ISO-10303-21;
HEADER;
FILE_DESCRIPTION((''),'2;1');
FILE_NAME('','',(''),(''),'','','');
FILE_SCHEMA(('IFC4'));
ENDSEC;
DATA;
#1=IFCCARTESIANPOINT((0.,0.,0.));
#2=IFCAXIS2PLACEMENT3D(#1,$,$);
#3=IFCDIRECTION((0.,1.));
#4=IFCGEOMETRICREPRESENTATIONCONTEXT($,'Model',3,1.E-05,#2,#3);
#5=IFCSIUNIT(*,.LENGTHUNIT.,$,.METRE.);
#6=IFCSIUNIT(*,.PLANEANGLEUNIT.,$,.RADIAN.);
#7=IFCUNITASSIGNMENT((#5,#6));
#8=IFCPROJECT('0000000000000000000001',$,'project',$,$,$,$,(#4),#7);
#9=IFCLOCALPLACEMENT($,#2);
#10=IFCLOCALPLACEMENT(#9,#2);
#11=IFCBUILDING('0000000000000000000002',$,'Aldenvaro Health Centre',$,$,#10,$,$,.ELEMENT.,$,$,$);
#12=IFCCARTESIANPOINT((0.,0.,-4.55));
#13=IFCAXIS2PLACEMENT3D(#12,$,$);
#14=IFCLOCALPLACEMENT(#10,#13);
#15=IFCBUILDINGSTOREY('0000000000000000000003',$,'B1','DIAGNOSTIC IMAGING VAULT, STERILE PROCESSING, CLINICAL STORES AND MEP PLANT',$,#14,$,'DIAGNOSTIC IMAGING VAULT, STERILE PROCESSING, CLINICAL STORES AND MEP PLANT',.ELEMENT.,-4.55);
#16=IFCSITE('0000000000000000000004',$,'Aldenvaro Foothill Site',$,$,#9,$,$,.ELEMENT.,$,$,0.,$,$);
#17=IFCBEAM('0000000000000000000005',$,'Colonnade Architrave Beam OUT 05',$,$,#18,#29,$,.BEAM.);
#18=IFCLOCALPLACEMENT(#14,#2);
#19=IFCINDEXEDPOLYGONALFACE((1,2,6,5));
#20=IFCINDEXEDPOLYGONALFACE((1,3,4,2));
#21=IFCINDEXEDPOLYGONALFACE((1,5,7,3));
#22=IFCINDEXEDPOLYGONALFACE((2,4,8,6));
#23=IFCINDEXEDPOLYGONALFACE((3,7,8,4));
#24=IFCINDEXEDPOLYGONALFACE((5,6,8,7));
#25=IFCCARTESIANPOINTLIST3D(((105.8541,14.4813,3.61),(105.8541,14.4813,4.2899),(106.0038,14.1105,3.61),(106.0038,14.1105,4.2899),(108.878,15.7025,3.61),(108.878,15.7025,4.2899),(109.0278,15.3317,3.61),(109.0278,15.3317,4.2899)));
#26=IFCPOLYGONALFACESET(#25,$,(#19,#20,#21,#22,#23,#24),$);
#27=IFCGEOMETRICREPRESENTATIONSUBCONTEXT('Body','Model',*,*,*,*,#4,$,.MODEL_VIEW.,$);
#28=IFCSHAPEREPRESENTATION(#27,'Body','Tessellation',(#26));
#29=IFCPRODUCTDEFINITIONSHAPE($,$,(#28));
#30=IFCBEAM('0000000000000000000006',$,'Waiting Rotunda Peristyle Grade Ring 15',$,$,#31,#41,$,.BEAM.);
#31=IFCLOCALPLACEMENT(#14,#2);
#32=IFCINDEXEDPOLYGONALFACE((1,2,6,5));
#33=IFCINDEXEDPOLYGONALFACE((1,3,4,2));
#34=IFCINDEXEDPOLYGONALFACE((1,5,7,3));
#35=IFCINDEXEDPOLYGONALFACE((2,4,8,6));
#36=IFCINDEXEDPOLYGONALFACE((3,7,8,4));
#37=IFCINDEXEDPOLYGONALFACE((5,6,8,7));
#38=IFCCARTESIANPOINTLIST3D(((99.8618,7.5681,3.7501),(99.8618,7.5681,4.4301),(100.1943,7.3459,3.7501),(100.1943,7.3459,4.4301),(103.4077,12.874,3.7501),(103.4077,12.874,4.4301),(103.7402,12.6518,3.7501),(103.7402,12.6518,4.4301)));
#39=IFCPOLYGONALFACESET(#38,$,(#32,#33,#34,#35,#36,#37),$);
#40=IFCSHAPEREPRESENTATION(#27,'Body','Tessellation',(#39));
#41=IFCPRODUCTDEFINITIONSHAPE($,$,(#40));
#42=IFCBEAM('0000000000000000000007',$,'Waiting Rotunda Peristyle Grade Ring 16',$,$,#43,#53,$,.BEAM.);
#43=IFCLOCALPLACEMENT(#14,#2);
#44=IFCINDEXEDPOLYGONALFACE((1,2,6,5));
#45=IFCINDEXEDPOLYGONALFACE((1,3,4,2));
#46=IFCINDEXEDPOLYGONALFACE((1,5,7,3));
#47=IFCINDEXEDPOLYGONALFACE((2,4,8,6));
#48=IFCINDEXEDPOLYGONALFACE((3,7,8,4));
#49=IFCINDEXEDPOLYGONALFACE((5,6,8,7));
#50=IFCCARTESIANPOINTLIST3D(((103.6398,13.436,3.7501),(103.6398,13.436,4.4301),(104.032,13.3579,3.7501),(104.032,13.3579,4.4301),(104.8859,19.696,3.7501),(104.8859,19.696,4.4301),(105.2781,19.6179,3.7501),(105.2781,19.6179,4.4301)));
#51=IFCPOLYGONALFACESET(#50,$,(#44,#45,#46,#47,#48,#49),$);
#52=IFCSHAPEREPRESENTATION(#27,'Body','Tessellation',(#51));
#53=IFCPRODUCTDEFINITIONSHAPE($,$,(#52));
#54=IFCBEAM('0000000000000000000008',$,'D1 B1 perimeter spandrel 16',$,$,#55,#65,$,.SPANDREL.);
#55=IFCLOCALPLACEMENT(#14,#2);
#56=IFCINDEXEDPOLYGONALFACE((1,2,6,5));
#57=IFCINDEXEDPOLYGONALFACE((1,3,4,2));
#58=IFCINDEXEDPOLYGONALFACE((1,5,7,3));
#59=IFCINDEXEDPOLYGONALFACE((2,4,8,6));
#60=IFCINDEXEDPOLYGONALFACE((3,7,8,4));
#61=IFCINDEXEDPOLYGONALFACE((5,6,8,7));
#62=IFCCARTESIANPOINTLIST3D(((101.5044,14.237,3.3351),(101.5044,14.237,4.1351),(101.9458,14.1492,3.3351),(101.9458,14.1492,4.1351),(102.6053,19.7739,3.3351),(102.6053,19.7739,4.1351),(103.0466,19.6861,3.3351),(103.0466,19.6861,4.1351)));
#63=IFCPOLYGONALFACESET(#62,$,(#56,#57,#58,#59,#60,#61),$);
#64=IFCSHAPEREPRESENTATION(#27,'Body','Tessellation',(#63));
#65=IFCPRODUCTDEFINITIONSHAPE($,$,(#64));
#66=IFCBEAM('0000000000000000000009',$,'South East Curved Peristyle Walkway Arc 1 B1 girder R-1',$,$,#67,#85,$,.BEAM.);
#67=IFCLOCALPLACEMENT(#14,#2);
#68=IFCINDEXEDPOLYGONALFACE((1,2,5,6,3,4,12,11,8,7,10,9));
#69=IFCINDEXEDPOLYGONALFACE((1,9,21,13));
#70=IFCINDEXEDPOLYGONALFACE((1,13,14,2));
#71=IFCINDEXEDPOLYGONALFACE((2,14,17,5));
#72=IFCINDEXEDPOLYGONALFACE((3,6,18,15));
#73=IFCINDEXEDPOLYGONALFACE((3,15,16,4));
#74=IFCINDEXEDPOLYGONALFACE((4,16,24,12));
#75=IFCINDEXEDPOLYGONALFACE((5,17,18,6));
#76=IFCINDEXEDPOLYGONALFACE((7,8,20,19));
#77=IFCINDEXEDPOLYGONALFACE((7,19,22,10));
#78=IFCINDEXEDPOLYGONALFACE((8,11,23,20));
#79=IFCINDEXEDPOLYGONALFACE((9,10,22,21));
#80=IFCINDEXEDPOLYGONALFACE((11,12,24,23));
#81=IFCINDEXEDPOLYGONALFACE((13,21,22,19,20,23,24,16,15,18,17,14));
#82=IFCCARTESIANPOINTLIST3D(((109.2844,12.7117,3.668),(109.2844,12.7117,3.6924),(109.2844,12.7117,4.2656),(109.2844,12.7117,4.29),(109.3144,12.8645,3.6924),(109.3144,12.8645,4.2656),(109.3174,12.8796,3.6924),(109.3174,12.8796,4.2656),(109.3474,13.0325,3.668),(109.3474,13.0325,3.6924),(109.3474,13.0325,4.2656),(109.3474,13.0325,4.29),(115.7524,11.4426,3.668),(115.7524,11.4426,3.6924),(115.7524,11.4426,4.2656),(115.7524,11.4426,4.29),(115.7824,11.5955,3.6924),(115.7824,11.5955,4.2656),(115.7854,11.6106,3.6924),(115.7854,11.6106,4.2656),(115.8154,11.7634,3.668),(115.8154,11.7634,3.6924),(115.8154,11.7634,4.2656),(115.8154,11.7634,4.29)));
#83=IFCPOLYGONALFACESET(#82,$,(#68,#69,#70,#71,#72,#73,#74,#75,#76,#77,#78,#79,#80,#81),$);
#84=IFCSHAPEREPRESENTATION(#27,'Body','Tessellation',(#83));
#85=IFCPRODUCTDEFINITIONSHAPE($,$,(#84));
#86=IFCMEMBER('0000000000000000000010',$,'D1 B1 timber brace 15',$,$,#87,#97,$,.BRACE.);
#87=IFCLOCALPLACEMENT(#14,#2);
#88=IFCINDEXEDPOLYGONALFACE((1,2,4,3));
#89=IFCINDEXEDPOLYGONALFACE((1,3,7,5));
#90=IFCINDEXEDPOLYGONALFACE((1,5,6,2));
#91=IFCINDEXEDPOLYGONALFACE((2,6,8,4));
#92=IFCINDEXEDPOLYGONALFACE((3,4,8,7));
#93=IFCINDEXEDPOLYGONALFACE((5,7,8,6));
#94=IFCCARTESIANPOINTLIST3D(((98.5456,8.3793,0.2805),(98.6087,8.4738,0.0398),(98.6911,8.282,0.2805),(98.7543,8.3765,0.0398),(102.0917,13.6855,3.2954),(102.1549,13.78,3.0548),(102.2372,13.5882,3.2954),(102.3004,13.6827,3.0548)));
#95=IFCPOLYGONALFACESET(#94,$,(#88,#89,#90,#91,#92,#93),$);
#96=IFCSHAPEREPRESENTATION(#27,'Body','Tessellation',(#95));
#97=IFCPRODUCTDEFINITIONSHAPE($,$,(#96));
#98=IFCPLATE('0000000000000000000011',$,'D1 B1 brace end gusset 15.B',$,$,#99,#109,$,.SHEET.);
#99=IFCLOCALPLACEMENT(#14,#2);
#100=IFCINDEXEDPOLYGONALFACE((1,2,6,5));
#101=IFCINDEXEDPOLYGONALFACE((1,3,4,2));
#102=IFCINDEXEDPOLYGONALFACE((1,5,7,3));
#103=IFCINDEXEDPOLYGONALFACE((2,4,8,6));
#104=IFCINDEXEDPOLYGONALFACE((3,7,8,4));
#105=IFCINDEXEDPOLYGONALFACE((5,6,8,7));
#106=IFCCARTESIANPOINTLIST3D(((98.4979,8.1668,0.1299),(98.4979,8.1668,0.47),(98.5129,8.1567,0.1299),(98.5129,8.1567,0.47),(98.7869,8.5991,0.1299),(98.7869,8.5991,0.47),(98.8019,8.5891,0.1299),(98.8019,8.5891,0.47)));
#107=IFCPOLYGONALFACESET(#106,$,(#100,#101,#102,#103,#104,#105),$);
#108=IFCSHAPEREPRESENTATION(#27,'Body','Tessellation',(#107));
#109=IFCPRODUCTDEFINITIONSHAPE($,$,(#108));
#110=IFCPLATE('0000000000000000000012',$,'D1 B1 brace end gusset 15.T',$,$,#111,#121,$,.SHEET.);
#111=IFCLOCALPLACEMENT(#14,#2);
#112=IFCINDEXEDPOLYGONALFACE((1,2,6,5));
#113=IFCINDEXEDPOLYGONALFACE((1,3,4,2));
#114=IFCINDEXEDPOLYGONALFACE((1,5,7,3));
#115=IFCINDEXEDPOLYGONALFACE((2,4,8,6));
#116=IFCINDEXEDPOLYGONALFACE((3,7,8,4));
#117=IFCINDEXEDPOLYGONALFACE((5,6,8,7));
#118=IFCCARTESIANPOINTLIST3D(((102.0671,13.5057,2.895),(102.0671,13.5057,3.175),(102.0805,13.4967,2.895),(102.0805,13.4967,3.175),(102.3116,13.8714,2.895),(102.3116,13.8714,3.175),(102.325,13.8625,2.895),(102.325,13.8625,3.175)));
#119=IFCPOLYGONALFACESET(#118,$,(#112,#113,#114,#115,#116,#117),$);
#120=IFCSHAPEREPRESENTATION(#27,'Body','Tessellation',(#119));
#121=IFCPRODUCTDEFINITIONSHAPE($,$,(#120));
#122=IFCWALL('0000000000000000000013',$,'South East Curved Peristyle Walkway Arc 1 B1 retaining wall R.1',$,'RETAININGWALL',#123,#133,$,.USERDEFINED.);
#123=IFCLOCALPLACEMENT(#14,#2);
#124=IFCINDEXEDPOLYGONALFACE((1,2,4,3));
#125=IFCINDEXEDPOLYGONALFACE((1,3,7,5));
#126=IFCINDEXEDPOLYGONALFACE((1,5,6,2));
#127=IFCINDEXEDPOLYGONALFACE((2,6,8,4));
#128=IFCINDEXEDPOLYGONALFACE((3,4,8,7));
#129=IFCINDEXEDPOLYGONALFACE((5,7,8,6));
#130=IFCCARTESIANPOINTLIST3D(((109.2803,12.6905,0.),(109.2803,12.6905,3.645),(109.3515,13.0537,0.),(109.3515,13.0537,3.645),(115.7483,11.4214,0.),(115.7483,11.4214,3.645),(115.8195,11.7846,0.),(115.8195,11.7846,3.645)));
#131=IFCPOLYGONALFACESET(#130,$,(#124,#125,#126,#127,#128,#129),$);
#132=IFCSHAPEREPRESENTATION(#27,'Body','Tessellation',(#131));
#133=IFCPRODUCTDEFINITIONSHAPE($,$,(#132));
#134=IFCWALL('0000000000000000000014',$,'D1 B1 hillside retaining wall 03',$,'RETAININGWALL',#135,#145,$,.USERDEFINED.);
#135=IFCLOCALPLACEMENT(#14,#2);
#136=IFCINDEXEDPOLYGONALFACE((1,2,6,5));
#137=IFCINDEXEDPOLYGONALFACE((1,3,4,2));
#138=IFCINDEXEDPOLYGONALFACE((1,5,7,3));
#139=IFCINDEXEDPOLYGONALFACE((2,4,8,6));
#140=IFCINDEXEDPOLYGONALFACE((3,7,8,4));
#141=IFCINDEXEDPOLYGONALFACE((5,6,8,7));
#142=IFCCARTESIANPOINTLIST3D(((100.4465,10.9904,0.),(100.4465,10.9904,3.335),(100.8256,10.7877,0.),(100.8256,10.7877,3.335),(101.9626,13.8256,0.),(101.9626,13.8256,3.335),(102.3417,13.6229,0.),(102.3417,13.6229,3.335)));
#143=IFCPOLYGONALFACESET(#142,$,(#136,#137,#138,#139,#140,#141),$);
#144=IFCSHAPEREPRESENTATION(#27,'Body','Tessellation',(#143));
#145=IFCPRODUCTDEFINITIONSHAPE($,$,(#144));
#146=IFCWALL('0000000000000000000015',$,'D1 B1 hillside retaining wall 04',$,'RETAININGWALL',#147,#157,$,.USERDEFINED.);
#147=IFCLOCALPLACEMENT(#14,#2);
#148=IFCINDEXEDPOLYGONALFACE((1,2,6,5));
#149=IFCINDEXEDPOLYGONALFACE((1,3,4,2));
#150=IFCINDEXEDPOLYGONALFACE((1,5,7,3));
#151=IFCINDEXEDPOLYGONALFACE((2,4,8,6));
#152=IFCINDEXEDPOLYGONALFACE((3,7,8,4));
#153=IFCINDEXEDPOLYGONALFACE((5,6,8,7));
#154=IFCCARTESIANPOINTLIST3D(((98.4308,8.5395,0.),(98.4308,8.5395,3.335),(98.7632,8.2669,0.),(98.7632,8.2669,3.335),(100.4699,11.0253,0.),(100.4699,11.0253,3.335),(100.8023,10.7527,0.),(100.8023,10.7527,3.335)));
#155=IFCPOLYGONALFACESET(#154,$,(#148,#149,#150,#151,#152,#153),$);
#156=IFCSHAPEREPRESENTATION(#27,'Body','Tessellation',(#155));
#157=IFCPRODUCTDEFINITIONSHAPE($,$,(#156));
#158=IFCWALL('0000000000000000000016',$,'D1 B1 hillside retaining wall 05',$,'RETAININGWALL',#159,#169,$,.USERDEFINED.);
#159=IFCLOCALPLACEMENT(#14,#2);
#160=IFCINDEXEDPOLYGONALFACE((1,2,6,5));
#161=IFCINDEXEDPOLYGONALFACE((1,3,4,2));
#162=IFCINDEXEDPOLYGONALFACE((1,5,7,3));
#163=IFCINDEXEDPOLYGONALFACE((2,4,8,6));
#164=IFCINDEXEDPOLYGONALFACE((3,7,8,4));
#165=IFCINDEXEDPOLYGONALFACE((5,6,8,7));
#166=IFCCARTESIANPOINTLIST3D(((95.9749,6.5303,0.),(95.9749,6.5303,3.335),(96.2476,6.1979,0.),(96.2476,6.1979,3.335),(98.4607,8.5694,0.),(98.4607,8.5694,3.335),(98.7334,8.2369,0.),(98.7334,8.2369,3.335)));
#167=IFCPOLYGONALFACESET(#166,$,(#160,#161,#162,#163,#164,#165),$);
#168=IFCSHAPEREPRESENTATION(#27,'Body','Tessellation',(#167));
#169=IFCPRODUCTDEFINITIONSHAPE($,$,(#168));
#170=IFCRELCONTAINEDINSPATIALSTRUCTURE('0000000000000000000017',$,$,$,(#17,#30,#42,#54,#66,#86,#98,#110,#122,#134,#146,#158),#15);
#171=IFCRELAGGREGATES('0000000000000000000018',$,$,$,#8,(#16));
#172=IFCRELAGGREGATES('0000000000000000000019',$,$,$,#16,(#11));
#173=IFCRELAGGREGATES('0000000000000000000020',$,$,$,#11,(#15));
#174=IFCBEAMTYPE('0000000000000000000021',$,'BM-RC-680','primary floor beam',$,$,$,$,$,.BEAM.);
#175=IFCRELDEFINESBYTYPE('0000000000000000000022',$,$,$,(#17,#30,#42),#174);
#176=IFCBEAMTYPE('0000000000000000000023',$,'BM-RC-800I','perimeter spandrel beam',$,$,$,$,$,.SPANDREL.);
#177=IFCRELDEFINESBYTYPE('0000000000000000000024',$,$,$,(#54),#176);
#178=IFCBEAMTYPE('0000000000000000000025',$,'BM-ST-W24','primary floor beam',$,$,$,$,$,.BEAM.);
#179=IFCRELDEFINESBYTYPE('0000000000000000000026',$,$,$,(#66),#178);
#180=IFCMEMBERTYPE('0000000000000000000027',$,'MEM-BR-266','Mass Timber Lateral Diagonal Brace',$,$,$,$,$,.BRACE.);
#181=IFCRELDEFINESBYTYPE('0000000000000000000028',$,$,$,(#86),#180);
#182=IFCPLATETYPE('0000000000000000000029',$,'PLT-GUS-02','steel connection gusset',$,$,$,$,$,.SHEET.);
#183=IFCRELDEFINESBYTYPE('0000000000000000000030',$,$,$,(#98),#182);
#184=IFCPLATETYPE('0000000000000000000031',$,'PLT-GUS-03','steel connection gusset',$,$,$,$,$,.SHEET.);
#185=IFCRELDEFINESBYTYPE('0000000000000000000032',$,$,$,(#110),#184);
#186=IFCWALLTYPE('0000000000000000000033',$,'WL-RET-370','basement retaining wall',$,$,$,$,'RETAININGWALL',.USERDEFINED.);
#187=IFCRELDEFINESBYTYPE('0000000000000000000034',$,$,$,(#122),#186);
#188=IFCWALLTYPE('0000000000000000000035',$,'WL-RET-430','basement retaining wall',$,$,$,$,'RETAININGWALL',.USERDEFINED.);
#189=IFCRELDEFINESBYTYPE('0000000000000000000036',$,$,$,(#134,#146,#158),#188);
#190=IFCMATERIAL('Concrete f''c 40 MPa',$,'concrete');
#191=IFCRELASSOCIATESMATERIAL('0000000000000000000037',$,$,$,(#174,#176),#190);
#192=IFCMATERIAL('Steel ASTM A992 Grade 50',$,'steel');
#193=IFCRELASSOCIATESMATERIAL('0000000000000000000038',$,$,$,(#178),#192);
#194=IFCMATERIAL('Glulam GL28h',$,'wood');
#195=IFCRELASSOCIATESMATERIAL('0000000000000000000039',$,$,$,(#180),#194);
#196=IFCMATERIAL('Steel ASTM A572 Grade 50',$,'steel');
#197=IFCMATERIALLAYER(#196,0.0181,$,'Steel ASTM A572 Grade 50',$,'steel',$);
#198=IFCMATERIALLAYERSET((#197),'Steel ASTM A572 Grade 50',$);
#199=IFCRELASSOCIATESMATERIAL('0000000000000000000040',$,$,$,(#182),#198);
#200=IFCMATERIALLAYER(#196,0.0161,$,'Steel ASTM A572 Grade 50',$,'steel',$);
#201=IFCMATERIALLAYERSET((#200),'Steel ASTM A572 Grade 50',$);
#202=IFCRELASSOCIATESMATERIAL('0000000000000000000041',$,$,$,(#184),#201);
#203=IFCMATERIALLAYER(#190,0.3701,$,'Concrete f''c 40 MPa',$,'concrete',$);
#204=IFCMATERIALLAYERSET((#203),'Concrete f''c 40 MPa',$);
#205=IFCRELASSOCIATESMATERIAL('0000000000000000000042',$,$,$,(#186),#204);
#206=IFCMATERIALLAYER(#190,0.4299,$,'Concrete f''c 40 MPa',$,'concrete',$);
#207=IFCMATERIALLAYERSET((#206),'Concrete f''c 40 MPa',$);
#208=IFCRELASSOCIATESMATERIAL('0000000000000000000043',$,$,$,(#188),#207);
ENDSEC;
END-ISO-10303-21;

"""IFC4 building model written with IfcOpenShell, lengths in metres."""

from ifc_helpers import new_model, si_unit, direction, frame, frame_2d, origin, origin_2d, place, context, subcontext, project, spatial, rectangle, i_section, extrude, material, layer, layer_set, material_profile, profile_set, type_object, element, save


model = new_model("IFC4")

# Units and contexts
model_context = context("Model", 3, precision=1e-05, world=origin(), true_north=direction((0.0, 1.0)))
body_context = subcontext(model_context, "Body", "Model", "MODEL_VIEW")
ifc_project = project(units=[si_unit("LENGTHUNIT", "METRE"), si_unit("PLANEANGLEUNIT", "RADIAN")], contexts=[model_context])

# Site, building, storey
site_placement = place(None, origin())
site = spatial("IfcSite", under=ifc_project, at=site_placement, Name="Aldenvaro Foothill Site", CompositionType="ELEMENT", RefElevation=0.0)
building_placement = place(site_placement, origin())
building = spatial("IfcBuilding", under=site, at=building_placement, Name="Aldenvaro Health Centre", CompositionType="ELEMENT")
storey_placement = place(building_placement, frame((0.0, 0.0, -4.55)))
storey = spatial("IfcBuildingStorey", under=building, at=storey_placement, Name="B1", Description="DIAGNOSTIC IMAGING VAULT, STERILE PROCESSING, CLINICAL STORES AND MEP PLANT", LongName="DIAGNOSTIC IMAGING VAULT, STERILE PROCESSING, CLINICAL STORES AND MEP PLANT", CompositionType="ELEMENT", Elevation=-4.55)

# Shared definitions
ifc_material_1 = material(Name="Concrete f'c 40 MPa", Category="concrete")

# Beams
ifc_material_profile_1 = material_profile(ifc_material_1, rectangle(XDim=0.3999, YDim=0.6799, at=origin_2d()), Name="RC 400x680", Category="concrete")
ifc_profile_set_1 = profile_set([ifc_material_profile_1], Name="Concrete f'c 40 MPa")
beam_type_1 = type_object("IfcBeamType", Name="BM-RC-680", Description="primary floor beam", PredefinedType="BEAM", material=ifc_profile_set_1)
beam_1_placement = place(storey_placement, frame((105.929, 14.2959, 3.95), z_axis=(0.927243, 0.374461, 0.0), x_axis=(-0.374461, 0.927243, 0.0)))
element("IfcBeam", 1, at=beam_1_placement, inside=storey, type_object=beam_type_1, Name="Colonnade Architrave Beam OUT 05", PredefinedType="BEAM", context=body_context, shape_type="SweptSolid", body=[
    extrude(rectangle(XDim=0.3999, YDim=0.6799, at=origin_2d()), origin(), (0.0, 0.0, 1.0), 3.2612),
])
beam_2_placement = place(storey_placement, frame((100.0281, 7.457, 4.0901), z_axis=(0.555636, 0.831426, 0.0), x_axis=(-0.831426, 0.555636, 0.0)))
element("IfcBeam", 2, at=beam_2_placement, inside=storey, type_object=beam_type_1, Name="Waiting Rotunda Peristyle Grade Ring 15", PredefinedType="BEAM", context=body_context, shape_type="SweptSolid", body=[
    extrude(rectangle(XDim=0.3999, YDim=0.6799, at=origin_2d()), origin(), (0.0, 0.0, 1.0), 6.3816),
])
beam_3_placement = place(storey_placement, frame((103.8359, 13.397, 4.0901), z_axis=(0.195226, 0.980758, 0.0), x_axis=(-0.980758, 0.195226, 0.0)))
element("IfcBeam", 3, at=beam_3_placement, inside=storey, type_object=beam_type_1, Name="Waiting Rotunda Peristyle Grade Ring 16", PredefinedType="BEAM", context=body_context, shape_type="SweptSolid", body=[
    extrude(rectangle(XDim=0.3999, YDim=0.6799, at=origin_2d()), origin(), (0.0, 0.0, 1.0), 6.3828),
])
ifc_material_profile_2 = material_profile(ifc_material_1, rectangle(XDim=0.45, YDim=0.8, at=origin_2d()), Name="RC 450x800", Category="concrete")
ifc_profile_set_2 = profile_set([ifc_material_profile_2], Name="Concrete f'c 40 MPa")
beam_type_2 = type_object("IfcBeamType", Name="BM-RC-800I", Description="perimeter spandrel beam", PredefinedType="SPANDREL", material=ifc_profile_set_2)
beam_4_placement = place(storey_placement, frame((101.7251, 14.1931, 3.7351), z_axis=(0.195002, 0.980803, 0.0), x_axis=(-0.980803, 0.195002, 0.0)))
element("IfcBeam", 4, at=beam_4_placement, inside=storey, type_object=beam_type_2, Name="D1 B1 perimeter spandrel 16", PredefinedType="SPANDREL", context=body_context, shape_type="SweptSolid", body=[
    extrude(rectangle(XDim=0.45, YDim=0.8, at=origin_2d()), origin(), (0.0, 0.0, 1.0), 5.6453),
])
ifc_material_2 = material(Name="Steel ASTM A992 Grade 50", Category="steel")
ifc_material_profile_3 = material_profile(ifc_material_2, i_section(OverallWidth=0.3269, OverallDepth=0.6221, WebThickness=0.0154, FlangeThickness=0.0244, at=origin_2d()), Name="W24X131", Category="steel")
ifc_profile_set_3 = profile_set([ifc_material_profile_3], Name="Steel ASTM A992 Grade 50")
beam_type_3 = type_object("IfcBeamType", Name="BM-ST-W24", Description="primary floor beam", PredefinedType="BEAM", material=ifc_profile_set_3)
beam_5_placement = place(storey_placement, frame((109.3159, 12.8721, 3.979), z_axis=(0.981291, -0.192532, 0.0), x_axis=(0.192532, 0.981291, 0.0)))
element("IfcBeam", 5, at=beam_5_placement, inside=storey, type_object=beam_type_3, Name="South East Curved Peristyle Walkway Arc 1 B1 girder R-1", PredefinedType="BEAM", context=body_context, shape_type="SweptSolid", body=[
    extrude(i_section(OverallWidth=0.3269, OverallDepth=0.6221, WebThickness=0.0154, FlangeThickness=0.0244, at=origin_2d()), origin(), (0.0, 0.0, 1.0), 6.5913),
])

# Member
ifc_material_3 = material(Name="Glulam GL28h", Category="wood")
ifc_material_profile_4 = material_profile(ifc_material_3, rectangle(XDim=0.175, YDim=0.2661, at=origin_2d()), Name="GL 175x266", Category="wood")
ifc_profile_set_4 = profile_set([ifc_material_profile_4], Name="Glulam GL28h")
member_type = type_object("IfcMemberType", Name="MEM-BR-266", Description="Mass Timber Lateral Diagonal Brace", PredefinedType="BRACE", material=ifc_profile_set_4)
member_placement = place(storey_placement, frame((98.6499, 8.3779, 0.1602), z_axis=(0.502406, 0.751758, 0.42714), x_axis=(-0.83142, 0.555644, 0.0)))
element("IfcMember", 6, at=member_placement, inside=storey, type_object=member_type, Name="D1 B1 timber brace 15", PredefinedType="BRACE", context=body_context, shape_type="SweptSolid", body=[
    extrude(rectangle(XDim=0.175, YDim=0.2661, at=origin_2d()), origin(), (0.0, 0.0, 1.0), 7.0583),
])

# Plates
ifc_material_4 = material(Name="Steel ASTM A572 Grade 50", Category="steel")
ifc_layer_1 = layer(ifc_material_4, 0.0181, Name="Steel ASTM A572 Grade 50", Category="steel")
ifc_layer_set_1 = layer_set([ifc_layer_1], Name="Steel ASTM A572 Grade 50")
plate_type_1 = type_object("IfcPlateType", Name="PLT-GUS-02", Description="steel connection gusset", PredefinedType="SHEET", material=ifc_layer_set_1)
plate_1_placement = place(storey_placement, frame((98.6499, 8.3779, 0.1299), z_axis=(0.0, 0.0, 1.0), x_axis=(0.555643, 0.831421, 0.0)))
element("IfcPlate", 7, at=plate_1_placement, inside=storey, type_object=plate_type_1, Name="D1 B1 brace end gusset 15.B", PredefinedType="SHEET", context=body_context, shape_type="SweptSolid", body=[
    extrude(rectangle(XDim=0.52, YDim=0.0181, at=origin_2d()), origin(), (0.0, 0.0, 1.0), 0.3401),
])
ifc_layer_2 = layer(ifc_material_4, 0.0161, Name="Steel ASTM A572 Grade 50", Category="steel")
ifc_layer_set_2 = layer_set([ifc_layer_2], Name="Steel ASTM A572 Grade 50")
plate_type_2 = type_object("IfcPlateType", Name="PLT-GUS-03", Description="steel connection gusset", PredefinedType="SHEET", material=ifc_layer_set_2)
plate_2_placement = place(storey_placement, frame((102.196, 13.6841, 2.895), z_axis=(0.0, 0.0, 1.0), x_axis=(0.555643, 0.831421, 0.0)))
element("IfcPlate", 8, at=plate_2_placement, inside=storey, type_object=plate_type_2, Name="D1 B1 brace end gusset 15.T", PredefinedType="SHEET", context=body_context, shape_type="SweptSolid", body=[
    extrude(rectangle(XDim=0.4399, YDim=0.0161, at=origin_2d()), origin(), (0.0, 0.0, 1.0), 0.28),
])

# Walls
ifc_layer_3 = layer(ifc_material_1, 0.3701, Name="Concrete f'c 40 MPa", Category="concrete")
ifc_layer_set_3 = layer_set([ifc_layer_3], Name="Concrete f'c 40 MPa")
wall_type_1 = type_object("IfcWallType", Name="WL-RET-370", Description="basement retaining wall", ElementType="RETAININGWALL", PredefinedType="USERDEFINED", material=ifc_layer_set_3)
wall_placement = place(storey_placement, frame((109.3159, 12.8721, 0.0), z_axis=(0.0, 0.0, 1.0), x_axis=(0.981291, -0.192532, 0.0)))
element("IfcWall", 9, at=wall_placement, inside=storey, type_object=wall_type_1, Name="South East Curved Peristyle Walkway Arc 1 B1 retaining wall R.1", ObjectType="RETAININGWALL", PredefinedType="USERDEFINED", context=body_context, shape_type="SweptSolid", body=[
    extrude(rectangle(XDim=6.5913, YDim=0.3701, at=frame_2d((3.2957, 0.0))), origin(), (0.0, 0.0, 1.0), 3.645),
])
ifc_layer_4 = layer(ifc_material_1, 0.4299, Name="Concrete f'c 40 MPa", Category="concrete")
ifc_layer_set_4 = layer_set([ifc_layer_4], Name="Concrete f'c 40 MPa")
wall_type_2 = type_object("IfcWallType", Name="WL-RET-430", Description="basement retaining wall", ElementType="RETAININGWALL", PredefinedType="USERDEFINED", material=ifc_layer_set_4)
for number, where, z_axis, x_axis, name in (
    (10, (102.1521, 13.7241, 0.0), (0.0, 0.0, 1.0), (-0.471558, -0.881835, 0.0), "D1 B1 hillside retaining wall 03"),
    (11, (100.636, 10.8889, 0.0), (0.0, 0.0, 1.0), (-0.634205, -0.773165, 0.0), "D1 B1 hillside retaining wall 04"),
    (12, (98.5969, 8.4031, 0.0), (0.0, 0.0, 1.0), (-0.773165, -0.634205, 0.0), "D1 B1 hillside retaining wall 05"),
):
    element("IfcWall", number, at=place(storey_placement, frame(where, z_axis=z_axis, x_axis=x_axis)), inside=storey, type_object=wall_type_2, Name=name, ObjectType="RETAININGWALL", PredefinedType="USERDEFINED", context=body_context, shape_type="SweptSolid", body=[
        extrude(rectangle(XDim=3.2151, YDim=0.4299, at=frame_2d((1.6074, 0.0))), origin(), (0.0, 0.0, 1.0), 3.335),
    ])

save(model, "model.ifc")
